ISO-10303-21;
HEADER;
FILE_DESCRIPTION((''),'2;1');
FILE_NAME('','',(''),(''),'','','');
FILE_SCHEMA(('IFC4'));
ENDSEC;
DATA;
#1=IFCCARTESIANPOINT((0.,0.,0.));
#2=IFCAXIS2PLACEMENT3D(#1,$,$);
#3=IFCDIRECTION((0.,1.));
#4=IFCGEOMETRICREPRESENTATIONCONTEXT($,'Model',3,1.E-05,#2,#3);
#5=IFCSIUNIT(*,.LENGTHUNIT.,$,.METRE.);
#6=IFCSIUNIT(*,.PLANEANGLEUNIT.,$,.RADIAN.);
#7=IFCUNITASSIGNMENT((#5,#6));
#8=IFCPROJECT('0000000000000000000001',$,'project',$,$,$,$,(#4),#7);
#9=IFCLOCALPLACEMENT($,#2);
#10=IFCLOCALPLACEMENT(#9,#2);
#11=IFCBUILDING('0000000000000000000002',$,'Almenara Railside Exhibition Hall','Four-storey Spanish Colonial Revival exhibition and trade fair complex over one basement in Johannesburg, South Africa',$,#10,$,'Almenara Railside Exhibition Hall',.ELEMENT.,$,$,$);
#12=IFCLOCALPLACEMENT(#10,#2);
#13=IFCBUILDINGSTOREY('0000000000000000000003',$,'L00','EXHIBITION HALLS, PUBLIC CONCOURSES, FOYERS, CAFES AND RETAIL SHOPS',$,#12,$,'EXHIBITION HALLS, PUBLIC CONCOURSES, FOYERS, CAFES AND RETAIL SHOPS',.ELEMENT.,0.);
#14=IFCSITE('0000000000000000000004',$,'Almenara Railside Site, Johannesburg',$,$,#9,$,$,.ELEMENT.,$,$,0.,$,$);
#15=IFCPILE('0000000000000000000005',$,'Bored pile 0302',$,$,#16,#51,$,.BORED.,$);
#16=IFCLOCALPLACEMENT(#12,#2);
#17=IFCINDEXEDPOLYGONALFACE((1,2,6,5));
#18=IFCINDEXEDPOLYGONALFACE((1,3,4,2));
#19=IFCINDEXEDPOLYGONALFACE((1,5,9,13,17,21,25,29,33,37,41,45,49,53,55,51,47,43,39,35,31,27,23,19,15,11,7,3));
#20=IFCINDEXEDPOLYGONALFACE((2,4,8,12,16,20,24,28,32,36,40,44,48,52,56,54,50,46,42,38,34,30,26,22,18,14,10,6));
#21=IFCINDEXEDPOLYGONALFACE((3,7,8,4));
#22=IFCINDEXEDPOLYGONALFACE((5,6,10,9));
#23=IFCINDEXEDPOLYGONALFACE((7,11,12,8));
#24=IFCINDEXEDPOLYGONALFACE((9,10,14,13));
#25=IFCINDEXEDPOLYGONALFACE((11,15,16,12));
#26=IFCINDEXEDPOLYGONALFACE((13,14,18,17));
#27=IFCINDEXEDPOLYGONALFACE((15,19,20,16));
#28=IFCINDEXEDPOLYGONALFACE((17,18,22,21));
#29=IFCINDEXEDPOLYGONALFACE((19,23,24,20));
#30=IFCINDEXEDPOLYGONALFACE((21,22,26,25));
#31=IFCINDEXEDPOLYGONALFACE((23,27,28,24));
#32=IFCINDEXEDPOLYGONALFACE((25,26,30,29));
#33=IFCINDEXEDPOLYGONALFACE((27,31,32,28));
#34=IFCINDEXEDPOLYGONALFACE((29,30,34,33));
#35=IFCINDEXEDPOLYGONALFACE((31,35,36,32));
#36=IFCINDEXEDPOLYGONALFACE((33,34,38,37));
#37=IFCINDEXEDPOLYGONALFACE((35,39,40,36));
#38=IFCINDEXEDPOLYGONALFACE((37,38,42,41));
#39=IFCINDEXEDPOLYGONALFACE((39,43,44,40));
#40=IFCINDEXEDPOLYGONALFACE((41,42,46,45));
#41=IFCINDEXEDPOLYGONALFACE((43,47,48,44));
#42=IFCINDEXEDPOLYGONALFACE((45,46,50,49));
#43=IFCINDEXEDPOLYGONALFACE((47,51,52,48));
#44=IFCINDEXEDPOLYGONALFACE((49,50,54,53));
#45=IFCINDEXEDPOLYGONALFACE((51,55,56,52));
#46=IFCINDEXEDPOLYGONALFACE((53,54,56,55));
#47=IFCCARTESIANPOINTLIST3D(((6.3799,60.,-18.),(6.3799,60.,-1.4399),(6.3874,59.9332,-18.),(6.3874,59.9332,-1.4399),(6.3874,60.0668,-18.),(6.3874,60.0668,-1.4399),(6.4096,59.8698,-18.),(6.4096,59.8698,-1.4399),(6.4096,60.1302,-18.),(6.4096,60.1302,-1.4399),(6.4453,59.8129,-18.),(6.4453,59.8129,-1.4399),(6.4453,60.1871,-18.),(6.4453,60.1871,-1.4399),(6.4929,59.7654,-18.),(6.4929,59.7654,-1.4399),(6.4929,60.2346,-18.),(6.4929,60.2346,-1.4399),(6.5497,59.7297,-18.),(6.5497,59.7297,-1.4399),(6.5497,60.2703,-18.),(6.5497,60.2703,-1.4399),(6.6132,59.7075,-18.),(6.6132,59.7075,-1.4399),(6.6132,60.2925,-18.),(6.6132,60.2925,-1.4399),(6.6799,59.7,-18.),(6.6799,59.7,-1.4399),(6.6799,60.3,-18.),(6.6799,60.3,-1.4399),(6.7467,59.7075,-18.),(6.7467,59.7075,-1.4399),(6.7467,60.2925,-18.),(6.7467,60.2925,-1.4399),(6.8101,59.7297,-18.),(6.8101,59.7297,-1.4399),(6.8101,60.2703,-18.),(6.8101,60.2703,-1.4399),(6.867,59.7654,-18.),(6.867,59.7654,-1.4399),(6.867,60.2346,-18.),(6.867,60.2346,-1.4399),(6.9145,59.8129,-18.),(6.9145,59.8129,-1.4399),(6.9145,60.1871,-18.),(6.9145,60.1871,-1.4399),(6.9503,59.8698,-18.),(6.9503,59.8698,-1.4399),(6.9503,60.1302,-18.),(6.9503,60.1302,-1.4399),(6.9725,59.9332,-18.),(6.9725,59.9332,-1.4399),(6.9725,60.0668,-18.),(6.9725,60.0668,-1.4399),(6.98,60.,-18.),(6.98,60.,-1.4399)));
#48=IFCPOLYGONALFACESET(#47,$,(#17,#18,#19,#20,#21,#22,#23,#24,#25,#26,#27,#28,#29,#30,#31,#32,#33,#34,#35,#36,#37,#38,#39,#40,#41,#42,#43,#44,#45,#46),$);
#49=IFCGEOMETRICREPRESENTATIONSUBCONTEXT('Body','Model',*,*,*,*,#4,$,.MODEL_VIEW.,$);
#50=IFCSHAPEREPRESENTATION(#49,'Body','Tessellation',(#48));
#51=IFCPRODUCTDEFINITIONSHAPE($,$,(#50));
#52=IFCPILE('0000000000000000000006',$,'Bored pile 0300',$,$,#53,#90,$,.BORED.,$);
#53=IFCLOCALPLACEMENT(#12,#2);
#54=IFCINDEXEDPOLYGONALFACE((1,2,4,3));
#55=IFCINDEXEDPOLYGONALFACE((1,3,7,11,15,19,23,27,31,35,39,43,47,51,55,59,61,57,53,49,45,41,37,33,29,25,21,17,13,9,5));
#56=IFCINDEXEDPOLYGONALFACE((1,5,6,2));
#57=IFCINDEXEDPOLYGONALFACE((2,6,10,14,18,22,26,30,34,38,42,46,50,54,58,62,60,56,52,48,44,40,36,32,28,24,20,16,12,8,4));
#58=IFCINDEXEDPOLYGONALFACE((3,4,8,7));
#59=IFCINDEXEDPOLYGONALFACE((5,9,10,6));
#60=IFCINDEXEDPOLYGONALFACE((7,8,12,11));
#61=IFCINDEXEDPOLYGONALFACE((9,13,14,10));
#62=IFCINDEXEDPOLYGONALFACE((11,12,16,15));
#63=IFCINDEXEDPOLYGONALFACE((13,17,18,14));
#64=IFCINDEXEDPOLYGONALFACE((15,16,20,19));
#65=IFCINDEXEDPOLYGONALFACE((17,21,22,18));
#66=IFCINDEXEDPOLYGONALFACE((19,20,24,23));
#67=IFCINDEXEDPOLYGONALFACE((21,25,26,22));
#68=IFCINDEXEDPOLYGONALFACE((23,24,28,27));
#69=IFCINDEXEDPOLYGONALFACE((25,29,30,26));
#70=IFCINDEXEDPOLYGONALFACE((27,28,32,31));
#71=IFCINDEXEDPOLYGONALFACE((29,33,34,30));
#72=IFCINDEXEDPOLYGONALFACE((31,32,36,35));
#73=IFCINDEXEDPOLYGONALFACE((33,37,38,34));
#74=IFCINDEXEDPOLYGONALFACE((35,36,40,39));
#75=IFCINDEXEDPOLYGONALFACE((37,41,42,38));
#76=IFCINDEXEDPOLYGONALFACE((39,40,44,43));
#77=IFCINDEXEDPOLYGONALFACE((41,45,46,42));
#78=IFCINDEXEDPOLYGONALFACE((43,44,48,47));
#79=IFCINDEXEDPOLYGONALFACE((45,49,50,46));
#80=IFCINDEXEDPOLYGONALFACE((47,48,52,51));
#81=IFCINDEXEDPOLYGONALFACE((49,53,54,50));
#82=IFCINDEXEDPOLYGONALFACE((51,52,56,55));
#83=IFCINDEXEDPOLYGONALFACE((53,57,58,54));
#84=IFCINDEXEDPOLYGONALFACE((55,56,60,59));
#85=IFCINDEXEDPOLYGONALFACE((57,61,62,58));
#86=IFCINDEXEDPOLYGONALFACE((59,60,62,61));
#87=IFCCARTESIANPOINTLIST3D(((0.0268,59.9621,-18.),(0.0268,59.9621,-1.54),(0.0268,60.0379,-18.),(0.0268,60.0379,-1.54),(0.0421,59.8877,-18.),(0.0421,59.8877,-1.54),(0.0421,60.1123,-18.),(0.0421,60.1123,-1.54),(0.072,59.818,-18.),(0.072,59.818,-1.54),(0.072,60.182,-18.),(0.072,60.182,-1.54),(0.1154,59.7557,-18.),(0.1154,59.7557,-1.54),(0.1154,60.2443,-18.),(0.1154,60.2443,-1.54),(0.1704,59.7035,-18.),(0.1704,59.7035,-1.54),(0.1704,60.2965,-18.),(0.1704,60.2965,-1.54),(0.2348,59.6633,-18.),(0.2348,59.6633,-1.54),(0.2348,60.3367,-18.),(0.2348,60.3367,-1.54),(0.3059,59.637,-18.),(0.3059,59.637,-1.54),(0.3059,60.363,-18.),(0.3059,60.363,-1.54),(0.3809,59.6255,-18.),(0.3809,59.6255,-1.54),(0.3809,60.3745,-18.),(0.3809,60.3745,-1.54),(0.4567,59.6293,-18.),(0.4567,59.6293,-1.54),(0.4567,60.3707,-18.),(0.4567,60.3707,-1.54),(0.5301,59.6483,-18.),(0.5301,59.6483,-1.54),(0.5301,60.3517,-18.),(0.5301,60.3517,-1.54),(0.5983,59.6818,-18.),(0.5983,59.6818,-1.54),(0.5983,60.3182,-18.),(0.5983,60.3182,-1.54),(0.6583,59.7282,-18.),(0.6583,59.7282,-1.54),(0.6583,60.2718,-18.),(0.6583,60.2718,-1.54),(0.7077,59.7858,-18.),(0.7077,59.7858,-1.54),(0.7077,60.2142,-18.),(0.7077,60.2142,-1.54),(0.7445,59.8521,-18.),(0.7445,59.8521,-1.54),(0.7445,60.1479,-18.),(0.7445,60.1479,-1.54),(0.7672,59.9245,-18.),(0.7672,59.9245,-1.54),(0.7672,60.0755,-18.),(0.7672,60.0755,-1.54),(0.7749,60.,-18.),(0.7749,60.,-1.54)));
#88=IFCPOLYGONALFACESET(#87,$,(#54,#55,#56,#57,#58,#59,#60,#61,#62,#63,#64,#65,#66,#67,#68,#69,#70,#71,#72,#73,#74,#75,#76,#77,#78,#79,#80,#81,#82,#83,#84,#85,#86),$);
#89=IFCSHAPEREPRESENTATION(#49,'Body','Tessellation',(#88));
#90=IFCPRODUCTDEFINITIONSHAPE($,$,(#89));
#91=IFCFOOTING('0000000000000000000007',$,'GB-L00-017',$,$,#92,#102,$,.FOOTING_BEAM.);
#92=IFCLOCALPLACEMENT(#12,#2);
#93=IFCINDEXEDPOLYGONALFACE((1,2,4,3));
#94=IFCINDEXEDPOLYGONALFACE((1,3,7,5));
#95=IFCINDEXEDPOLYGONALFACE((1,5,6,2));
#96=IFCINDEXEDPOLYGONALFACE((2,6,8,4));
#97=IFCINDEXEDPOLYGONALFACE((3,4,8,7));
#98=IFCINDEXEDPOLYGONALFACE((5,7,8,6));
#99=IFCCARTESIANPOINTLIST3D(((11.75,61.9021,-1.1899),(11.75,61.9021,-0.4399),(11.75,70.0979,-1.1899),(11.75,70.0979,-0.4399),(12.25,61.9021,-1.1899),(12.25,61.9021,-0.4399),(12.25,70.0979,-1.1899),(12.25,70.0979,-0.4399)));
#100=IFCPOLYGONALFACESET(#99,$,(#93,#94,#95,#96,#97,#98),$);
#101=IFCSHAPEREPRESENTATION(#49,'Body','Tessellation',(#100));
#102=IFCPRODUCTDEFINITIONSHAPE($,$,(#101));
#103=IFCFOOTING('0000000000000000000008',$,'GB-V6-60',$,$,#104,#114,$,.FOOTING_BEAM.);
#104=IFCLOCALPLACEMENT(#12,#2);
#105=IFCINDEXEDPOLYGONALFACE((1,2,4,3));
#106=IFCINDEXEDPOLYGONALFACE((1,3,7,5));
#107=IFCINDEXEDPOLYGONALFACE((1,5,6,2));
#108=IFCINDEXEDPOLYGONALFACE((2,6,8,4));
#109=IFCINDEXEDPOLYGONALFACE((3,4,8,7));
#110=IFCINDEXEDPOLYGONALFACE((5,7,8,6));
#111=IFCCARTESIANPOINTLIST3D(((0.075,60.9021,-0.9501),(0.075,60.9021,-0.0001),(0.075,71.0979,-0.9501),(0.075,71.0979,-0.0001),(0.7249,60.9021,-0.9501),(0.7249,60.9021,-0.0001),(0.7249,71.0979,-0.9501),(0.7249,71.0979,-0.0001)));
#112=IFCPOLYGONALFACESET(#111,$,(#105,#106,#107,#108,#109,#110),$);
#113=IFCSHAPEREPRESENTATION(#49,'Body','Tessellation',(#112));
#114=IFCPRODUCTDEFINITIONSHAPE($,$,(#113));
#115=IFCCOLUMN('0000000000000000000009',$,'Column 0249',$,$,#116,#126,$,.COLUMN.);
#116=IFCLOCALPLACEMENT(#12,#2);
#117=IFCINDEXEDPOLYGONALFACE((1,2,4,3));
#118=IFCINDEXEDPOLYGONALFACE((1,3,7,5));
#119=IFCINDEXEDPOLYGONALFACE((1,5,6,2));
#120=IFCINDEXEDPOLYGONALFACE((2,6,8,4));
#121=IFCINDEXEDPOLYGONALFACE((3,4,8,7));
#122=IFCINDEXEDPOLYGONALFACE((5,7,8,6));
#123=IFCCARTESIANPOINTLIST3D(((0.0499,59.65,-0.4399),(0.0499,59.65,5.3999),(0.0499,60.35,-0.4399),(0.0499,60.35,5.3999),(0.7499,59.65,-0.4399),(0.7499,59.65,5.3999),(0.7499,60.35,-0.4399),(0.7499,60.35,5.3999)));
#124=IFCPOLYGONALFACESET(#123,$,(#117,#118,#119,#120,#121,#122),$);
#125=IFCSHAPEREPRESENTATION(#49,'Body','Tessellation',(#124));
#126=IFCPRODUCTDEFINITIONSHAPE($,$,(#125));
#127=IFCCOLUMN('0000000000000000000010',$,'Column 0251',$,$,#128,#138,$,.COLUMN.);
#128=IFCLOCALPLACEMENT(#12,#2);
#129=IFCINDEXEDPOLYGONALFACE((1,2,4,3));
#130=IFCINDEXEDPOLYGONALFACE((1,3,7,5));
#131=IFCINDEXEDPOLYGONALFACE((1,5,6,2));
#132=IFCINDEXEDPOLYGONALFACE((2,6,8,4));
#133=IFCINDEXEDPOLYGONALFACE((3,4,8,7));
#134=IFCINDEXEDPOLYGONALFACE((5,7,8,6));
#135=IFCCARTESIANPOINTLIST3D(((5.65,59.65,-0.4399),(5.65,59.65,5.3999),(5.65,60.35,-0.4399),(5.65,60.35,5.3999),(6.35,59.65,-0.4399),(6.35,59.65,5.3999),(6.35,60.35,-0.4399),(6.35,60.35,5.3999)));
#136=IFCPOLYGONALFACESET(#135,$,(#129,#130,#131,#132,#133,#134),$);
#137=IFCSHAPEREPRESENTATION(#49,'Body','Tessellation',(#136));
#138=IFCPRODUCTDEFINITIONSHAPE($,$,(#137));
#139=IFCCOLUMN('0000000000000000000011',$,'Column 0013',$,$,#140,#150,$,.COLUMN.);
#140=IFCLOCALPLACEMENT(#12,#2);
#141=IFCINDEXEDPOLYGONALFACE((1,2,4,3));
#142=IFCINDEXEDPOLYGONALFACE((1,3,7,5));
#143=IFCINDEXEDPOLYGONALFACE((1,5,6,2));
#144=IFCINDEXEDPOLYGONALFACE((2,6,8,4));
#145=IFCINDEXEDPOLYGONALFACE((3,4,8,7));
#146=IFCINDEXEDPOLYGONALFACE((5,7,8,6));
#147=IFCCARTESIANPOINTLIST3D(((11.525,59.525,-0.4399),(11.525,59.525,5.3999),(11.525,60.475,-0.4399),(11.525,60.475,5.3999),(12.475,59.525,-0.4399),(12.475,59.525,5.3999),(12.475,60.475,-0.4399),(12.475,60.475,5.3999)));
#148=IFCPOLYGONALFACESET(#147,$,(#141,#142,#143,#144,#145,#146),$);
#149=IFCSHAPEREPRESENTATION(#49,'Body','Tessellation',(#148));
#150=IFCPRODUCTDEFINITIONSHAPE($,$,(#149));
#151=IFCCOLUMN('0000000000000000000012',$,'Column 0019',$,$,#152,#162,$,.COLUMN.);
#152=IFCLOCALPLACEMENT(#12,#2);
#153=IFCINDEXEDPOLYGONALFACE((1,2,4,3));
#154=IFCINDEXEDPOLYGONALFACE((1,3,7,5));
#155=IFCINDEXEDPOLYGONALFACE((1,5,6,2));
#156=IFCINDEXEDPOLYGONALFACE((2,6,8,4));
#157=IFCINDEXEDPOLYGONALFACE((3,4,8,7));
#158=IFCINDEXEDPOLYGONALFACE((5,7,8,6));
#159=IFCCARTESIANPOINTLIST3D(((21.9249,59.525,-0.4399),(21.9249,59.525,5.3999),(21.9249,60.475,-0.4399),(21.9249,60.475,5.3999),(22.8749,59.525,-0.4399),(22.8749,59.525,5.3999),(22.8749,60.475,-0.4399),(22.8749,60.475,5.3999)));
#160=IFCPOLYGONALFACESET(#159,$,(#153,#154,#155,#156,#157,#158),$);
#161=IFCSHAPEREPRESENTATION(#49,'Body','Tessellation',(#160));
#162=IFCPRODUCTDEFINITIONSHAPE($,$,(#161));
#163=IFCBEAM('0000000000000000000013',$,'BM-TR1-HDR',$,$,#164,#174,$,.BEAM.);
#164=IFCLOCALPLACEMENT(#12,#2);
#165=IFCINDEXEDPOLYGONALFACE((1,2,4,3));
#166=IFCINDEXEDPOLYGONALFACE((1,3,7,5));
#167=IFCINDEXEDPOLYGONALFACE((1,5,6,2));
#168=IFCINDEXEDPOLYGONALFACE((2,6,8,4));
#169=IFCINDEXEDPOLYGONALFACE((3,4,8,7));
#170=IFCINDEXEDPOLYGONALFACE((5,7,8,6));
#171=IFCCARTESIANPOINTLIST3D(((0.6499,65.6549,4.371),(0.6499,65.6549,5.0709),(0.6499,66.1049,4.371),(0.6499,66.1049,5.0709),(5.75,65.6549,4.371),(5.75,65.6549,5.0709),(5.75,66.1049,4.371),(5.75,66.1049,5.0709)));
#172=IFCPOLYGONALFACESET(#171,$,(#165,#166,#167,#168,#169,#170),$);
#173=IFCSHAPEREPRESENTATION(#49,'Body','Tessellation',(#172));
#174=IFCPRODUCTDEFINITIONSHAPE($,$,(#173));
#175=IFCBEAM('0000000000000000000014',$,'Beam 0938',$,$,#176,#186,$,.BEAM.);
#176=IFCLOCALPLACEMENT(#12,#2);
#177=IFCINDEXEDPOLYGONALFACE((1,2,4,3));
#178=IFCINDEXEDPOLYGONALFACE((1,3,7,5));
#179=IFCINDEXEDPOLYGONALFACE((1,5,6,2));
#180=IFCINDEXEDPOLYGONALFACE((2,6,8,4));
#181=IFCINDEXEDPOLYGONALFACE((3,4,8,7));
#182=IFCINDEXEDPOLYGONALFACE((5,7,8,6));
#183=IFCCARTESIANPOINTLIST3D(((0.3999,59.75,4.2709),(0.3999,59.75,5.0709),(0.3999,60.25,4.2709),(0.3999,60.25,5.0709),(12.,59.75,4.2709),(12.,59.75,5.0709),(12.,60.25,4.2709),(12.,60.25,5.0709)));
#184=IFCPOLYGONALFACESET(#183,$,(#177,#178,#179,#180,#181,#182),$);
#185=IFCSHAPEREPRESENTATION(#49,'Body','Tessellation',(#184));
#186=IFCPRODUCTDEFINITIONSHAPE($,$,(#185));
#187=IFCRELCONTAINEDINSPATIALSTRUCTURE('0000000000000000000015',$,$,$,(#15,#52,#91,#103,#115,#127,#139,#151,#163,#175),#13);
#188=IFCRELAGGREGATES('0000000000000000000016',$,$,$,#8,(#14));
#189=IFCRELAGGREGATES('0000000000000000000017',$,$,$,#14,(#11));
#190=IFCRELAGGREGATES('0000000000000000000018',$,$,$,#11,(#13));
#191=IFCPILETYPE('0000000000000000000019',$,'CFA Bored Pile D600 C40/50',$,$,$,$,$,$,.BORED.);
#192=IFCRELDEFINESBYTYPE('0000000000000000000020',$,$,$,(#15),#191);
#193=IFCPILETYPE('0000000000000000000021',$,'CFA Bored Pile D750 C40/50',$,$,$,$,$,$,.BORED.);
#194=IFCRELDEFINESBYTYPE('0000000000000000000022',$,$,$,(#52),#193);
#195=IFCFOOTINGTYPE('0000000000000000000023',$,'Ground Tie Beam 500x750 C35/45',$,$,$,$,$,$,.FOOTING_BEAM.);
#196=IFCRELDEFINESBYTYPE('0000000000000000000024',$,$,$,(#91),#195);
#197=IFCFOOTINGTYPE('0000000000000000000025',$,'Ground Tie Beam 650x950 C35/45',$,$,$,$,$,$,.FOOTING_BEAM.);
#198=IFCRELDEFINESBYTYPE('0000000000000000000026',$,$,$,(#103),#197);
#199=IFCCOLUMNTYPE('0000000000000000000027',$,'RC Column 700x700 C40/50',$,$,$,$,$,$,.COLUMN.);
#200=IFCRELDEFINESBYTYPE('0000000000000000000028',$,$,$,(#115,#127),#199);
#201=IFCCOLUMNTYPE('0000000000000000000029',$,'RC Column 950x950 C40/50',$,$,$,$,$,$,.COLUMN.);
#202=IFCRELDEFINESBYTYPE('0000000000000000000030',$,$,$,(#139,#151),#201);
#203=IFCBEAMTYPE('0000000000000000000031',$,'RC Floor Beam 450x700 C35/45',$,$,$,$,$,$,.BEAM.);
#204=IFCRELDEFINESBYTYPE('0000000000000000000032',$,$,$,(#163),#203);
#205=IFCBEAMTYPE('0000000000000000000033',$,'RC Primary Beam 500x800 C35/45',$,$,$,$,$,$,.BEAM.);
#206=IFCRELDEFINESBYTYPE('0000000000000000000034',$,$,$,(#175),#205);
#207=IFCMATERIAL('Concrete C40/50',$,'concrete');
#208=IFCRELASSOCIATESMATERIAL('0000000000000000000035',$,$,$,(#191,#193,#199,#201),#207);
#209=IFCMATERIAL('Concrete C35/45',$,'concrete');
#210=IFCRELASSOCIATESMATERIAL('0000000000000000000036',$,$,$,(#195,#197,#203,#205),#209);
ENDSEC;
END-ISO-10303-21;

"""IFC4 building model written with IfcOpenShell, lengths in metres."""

from ifc_helpers import new_model, si_unit, direction, frame, origin, origin_2d, place, context, subcontext, project, spatial, rectangle, circle, extrude, material, material_profile, profile_set, type_object, element, save


model = new_model("IFC4")

# Units and contexts
model_context = context("Model", 3, precision=1e-05, world=origin(), true_north=direction((0.0, 1.0)))
body_context = subcontext(model_context, "Body", "Model", "MODEL_VIEW")
ifc_project = project(units=[si_unit("LENGTHUNIT", "METRE"), si_unit("PLANEANGLEUNIT", "RADIAN")], contexts=[model_context])

# Site, building, storey
site_placement = place(None, origin())
site = spatial("IfcSite", under=ifc_project, at=site_placement, Name="Almenara Railside Site, Johannesburg", CompositionType="ELEMENT", RefElevation=0.0)
building_placement = place(site_placement, origin())
building = spatial("IfcBuilding", under=site, at=building_placement, Name="Almenara Railside Exhibition Hall", Description="Four-storey Spanish Colonial Revival exhibition and trade fair complex over one basement in Johannesburg, South Africa", LongName="Almenara Railside Exhibition Hall", CompositionType="ELEMENT")
storey_placement = place(building_placement, origin())
storey = spatial("IfcBuildingStorey", under=building, at=storey_placement, Name="L00", Description="EXHIBITION HALLS, PUBLIC CONCOURSES, FOYERS, CAFES AND RETAIL SHOPS", LongName="EXHIBITION HALLS, PUBLIC CONCOURSES, FOYERS, CAFES AND RETAIL SHOPS", CompositionType="ELEMENT", Elevation=0.0)

# Piles
ifc_material_1 = material(Name="Concrete C40/50", Category="concrete")
ifc_material_profile_1 = material_profile(ifc_material_1, circle(Radius=0.3, at=origin_2d()), Name="CFA-PILE D600")
ifc_profile_set_1 = profile_set([ifc_material_profile_1], Name="Concrete C40/50")
pile_type_1 = type_object("IfcPileType", Name="CFA Bored Pile D600 C40/50", PredefinedType="BORED", material=ifc_profile_set_1)
for number, where, z_axis, x_axis, name in (
    (1, (6.6799, 60.0, -1.4399), (0.0, 0.0, -1.0), (1.0, 0.0, 0.0), "Bored pile 0302"),
):
    element("IfcPile", number, at=place(storey_placement, frame(where, z_axis=z_axis, x_axis=x_axis)), inside=storey, type_object=pile_type_1, Name=name, PredefinedType="BORED", context=body_context, shape_type="SweptSolid", body=[
        extrude(circle(Radius=0.3, at=origin_2d()), origin(), (0.0, 0.0, 1.0), 16.5601),
    ])
ifc_material_profile_2 = material_profile(ifc_material_1, circle(Radius=0.375, at=origin_2d()), Name="CFA-PILE D750")
ifc_profile_set_2 = profile_set([ifc_material_profile_2], Name="Concrete C40/50")
pile_type_2 = type_object("IfcPileType", Name="CFA Bored Pile D750 C40/50", PredefinedType="BORED", material=ifc_profile_set_2)
pile_placement = place(storey_placement, frame((0.3999, 60.0, -1.54), z_axis=(0.0, 0.0, -1.0), x_axis=(1.0, 0.0, 0.0)))
element("IfcPile", 2, at=pile_placement, inside=storey, type_object=pile_type_2, Name="Bored pile 0300", PredefinedType="BORED", context=body_context, shape_type="SweptSolid", body=[
    extrude(circle(Radius=0.375, at=origin_2d()), origin(), (0.0, 0.0, 1.0), 16.46),
])

# Footings
ifc_material_2 = material(Name="Concrete C35/45", Category="concrete")
ifc_material_profile_3 = material_profile(ifc_material_2, rectangle(XDim=0.5, YDim=0.75, at=origin_2d()), Name="RC-GB 500x750")
ifc_profile_set_3 = profile_set([ifc_material_profile_3], Name="Concrete C35/45")
footing_type_1 = type_object("IfcFootingType", Name="Ground Tie Beam 500x750 C35/45", PredefinedType="FOOTING_BEAM", material=ifc_profile_set_3)
footing_1_placement = place(storey_placement, frame((12.0, 61.9021, -0.8149), z_axis=(0.0, 1.0, 0.0), x_axis=(-1.0, 0.0, 0.0)))
element("IfcFooting", 3, at=footing_1_placement, inside=storey, type_object=footing_type_1, Name="GB-L00-017", PredefinedType="FOOTING_BEAM", context=body_context, shape_type="SweptSolid", body=[
    extrude(rectangle(XDim=0.5, YDim=0.75, at=origin_2d()), origin(), (0.0, 0.0, 1.0), 8.1958),
])
ifc_material_profile_4 = material_profile(ifc_material_2, rectangle(XDim=0.6499, YDim=0.95, at=origin_2d()), Name="RC-GB 650x950")
ifc_profile_set_4 = profile_set([ifc_material_profile_4], Name="Concrete C35/45")
footing_type_2 = type_object("IfcFootingType", Name="Ground Tie Beam 650x950 C35/45", PredefinedType="FOOTING_BEAM", material=ifc_profile_set_4)
footing_2_placement = place(storey_placement, frame((0.3999, 60.9021, -0.4751), z_axis=(0.0, 1.0, 0.0), x_axis=(-1.0, 0.0, 0.0)))
element("IfcFooting", 4, at=footing_2_placement, inside=storey, type_object=footing_type_2, Name="GB-V6-60", PredefinedType="FOOTING_BEAM", context=body_context, shape_type="SweptSolid", body=[
    extrude(rectangle(XDim=0.6499, YDim=0.95, at=origin_2d()), origin(), (0.0, 0.0, 1.0), 10.1958),
])

# Columns
ifc_material_profile_5 = material_profile(ifc_material_1, rectangle(XDim=0.7, YDim=0.7, at=origin_2d()), Name="RC 700x700")
ifc_profile_set_5 = profile_set([ifc_material_profile_5], Name="Concrete C40/50")
column_type_1 = type_object("IfcColumnType", Name="RC Column 700x700 C40/50", PredefinedType="COLUMN", material=ifc_profile_set_5)
for number, where, z_axis, x_axis, name in (
    (5, (0.3999, 60.0, -0.4399), (0.0, 0.0, 1.0), (1.0, 0.0, 0.0), "Column 0249"),
    (6, (6.0, 60.0, -0.4399), (0.0, 0.0, 1.0), (1.0, 0.0, 0.0), "Column 0251"),
):
    element("IfcColumn", number, at=place(storey_placement, frame(where, z_axis=z_axis, x_axis=x_axis)), inside=storey, type_object=column_type_1, Name=name, PredefinedType="COLUMN", context=body_context, shape_type="SweptSolid", body=[
        extrude(rectangle(XDim=0.7, YDim=0.7, at=origin_2d()), origin(), (0.0, 0.0, 1.0), 5.8398),
    ])
ifc_material_profile_6 = material_profile(ifc_material_1, rectangle(XDim=0.95, YDim=0.95, at=origin_2d()), Name="RC 950x950")
ifc_profile_set_6 = profile_set([ifc_material_profile_6], Name="Concrete C40/50")
column_type_2 = type_object("IfcColumnType", Name="RC Column 950x950 C40/50", PredefinedType="COLUMN", material=ifc_profile_set_6)
for number, where, z_axis, x_axis, name in (
    (7, (12.0, 60.0, -0.4399), (0.0, 0.0, 1.0), (1.0, 0.0, 0.0), "Column 0013"),
    (8, (22.3999, 60.0, -0.4399), (0.0, 0.0, 1.0), (1.0, 0.0, 0.0), "Column 0019"),
):
    element("IfcColumn", number, at=place(storey_placement, frame(where, z_axis=z_axis, x_axis=x_axis)), inside=storey, type_object=column_type_2, Name=name, PredefinedType="COLUMN", context=body_context, shape_type="SweptSolid", body=[
        extrude(rectangle(XDim=0.95, YDim=0.95, at=origin_2d()), origin(), (0.0, 0.0, 1.0), 5.8398),
    ])

# Beams
ifc_material_profile_7 = material_profile(ifc_material_2, rectangle(XDim=0.45, YDim=0.7, at=origin_2d()), Name="RC 450x700")
ifc_profile_set_7 = profile_set([ifc_material_profile_7], Name="Concrete C35/45")
beam_type_1 = type_object("IfcBeamType", Name="RC Floor Beam 450x700 C35/45", PredefinedType="BEAM", material=ifc_profile_set_7)
beam_1_placement = place(storey_placement, frame((0.6499, 65.8799, 4.7209), z_axis=(1.0, 0.0, 0.0), x_axis=(0.0, 1.0, 0.0)))
element("IfcBeam", 9, at=beam_1_placement, inside=storey, type_object=beam_type_1, Name="BM-TR1-HDR", PredefinedType="BEAM", context=body_context, shape_type="SweptSolid", body=[
    extrude(rectangle(XDim=0.45, YDim=0.7, at=origin_2d()), origin(), (0.0, 0.0, 1.0), 5.1001),
])
ifc_material_profile_8 = material_profile(ifc_material_2, rectangle(XDim=0.5, YDim=0.8, at=origin_2d()), Name="RC 500x800")
ifc_profile_set_8 = profile_set([ifc_material_profile_8], Name="Concrete C35/45")
beam_type_2 = type_object("IfcBeamType", Name="RC Primary Beam 500x800 C35/45", PredefinedType="BEAM", material=ifc_profile_set_8)
beam_2_placement = place(storey_placement, frame((0.3999, 60.0, 4.6709), z_axis=(1.0, 0.0, 0.0), x_axis=(0.0, 1.0, 0.0)))
element("IfcBeam", 10, at=beam_2_placement, inside=storey, type_object=beam_type_2, Name="Beam 0938", PredefinedType="BEAM", context=body_context, shape_type="SweptSolid", body=[
    extrude(rectangle(XDim=0.5, YDim=0.8, at=origin_2d()), origin(), (0.0, 0.0, 1.0), 11.6001),
])

save(model, "model.ifc")
